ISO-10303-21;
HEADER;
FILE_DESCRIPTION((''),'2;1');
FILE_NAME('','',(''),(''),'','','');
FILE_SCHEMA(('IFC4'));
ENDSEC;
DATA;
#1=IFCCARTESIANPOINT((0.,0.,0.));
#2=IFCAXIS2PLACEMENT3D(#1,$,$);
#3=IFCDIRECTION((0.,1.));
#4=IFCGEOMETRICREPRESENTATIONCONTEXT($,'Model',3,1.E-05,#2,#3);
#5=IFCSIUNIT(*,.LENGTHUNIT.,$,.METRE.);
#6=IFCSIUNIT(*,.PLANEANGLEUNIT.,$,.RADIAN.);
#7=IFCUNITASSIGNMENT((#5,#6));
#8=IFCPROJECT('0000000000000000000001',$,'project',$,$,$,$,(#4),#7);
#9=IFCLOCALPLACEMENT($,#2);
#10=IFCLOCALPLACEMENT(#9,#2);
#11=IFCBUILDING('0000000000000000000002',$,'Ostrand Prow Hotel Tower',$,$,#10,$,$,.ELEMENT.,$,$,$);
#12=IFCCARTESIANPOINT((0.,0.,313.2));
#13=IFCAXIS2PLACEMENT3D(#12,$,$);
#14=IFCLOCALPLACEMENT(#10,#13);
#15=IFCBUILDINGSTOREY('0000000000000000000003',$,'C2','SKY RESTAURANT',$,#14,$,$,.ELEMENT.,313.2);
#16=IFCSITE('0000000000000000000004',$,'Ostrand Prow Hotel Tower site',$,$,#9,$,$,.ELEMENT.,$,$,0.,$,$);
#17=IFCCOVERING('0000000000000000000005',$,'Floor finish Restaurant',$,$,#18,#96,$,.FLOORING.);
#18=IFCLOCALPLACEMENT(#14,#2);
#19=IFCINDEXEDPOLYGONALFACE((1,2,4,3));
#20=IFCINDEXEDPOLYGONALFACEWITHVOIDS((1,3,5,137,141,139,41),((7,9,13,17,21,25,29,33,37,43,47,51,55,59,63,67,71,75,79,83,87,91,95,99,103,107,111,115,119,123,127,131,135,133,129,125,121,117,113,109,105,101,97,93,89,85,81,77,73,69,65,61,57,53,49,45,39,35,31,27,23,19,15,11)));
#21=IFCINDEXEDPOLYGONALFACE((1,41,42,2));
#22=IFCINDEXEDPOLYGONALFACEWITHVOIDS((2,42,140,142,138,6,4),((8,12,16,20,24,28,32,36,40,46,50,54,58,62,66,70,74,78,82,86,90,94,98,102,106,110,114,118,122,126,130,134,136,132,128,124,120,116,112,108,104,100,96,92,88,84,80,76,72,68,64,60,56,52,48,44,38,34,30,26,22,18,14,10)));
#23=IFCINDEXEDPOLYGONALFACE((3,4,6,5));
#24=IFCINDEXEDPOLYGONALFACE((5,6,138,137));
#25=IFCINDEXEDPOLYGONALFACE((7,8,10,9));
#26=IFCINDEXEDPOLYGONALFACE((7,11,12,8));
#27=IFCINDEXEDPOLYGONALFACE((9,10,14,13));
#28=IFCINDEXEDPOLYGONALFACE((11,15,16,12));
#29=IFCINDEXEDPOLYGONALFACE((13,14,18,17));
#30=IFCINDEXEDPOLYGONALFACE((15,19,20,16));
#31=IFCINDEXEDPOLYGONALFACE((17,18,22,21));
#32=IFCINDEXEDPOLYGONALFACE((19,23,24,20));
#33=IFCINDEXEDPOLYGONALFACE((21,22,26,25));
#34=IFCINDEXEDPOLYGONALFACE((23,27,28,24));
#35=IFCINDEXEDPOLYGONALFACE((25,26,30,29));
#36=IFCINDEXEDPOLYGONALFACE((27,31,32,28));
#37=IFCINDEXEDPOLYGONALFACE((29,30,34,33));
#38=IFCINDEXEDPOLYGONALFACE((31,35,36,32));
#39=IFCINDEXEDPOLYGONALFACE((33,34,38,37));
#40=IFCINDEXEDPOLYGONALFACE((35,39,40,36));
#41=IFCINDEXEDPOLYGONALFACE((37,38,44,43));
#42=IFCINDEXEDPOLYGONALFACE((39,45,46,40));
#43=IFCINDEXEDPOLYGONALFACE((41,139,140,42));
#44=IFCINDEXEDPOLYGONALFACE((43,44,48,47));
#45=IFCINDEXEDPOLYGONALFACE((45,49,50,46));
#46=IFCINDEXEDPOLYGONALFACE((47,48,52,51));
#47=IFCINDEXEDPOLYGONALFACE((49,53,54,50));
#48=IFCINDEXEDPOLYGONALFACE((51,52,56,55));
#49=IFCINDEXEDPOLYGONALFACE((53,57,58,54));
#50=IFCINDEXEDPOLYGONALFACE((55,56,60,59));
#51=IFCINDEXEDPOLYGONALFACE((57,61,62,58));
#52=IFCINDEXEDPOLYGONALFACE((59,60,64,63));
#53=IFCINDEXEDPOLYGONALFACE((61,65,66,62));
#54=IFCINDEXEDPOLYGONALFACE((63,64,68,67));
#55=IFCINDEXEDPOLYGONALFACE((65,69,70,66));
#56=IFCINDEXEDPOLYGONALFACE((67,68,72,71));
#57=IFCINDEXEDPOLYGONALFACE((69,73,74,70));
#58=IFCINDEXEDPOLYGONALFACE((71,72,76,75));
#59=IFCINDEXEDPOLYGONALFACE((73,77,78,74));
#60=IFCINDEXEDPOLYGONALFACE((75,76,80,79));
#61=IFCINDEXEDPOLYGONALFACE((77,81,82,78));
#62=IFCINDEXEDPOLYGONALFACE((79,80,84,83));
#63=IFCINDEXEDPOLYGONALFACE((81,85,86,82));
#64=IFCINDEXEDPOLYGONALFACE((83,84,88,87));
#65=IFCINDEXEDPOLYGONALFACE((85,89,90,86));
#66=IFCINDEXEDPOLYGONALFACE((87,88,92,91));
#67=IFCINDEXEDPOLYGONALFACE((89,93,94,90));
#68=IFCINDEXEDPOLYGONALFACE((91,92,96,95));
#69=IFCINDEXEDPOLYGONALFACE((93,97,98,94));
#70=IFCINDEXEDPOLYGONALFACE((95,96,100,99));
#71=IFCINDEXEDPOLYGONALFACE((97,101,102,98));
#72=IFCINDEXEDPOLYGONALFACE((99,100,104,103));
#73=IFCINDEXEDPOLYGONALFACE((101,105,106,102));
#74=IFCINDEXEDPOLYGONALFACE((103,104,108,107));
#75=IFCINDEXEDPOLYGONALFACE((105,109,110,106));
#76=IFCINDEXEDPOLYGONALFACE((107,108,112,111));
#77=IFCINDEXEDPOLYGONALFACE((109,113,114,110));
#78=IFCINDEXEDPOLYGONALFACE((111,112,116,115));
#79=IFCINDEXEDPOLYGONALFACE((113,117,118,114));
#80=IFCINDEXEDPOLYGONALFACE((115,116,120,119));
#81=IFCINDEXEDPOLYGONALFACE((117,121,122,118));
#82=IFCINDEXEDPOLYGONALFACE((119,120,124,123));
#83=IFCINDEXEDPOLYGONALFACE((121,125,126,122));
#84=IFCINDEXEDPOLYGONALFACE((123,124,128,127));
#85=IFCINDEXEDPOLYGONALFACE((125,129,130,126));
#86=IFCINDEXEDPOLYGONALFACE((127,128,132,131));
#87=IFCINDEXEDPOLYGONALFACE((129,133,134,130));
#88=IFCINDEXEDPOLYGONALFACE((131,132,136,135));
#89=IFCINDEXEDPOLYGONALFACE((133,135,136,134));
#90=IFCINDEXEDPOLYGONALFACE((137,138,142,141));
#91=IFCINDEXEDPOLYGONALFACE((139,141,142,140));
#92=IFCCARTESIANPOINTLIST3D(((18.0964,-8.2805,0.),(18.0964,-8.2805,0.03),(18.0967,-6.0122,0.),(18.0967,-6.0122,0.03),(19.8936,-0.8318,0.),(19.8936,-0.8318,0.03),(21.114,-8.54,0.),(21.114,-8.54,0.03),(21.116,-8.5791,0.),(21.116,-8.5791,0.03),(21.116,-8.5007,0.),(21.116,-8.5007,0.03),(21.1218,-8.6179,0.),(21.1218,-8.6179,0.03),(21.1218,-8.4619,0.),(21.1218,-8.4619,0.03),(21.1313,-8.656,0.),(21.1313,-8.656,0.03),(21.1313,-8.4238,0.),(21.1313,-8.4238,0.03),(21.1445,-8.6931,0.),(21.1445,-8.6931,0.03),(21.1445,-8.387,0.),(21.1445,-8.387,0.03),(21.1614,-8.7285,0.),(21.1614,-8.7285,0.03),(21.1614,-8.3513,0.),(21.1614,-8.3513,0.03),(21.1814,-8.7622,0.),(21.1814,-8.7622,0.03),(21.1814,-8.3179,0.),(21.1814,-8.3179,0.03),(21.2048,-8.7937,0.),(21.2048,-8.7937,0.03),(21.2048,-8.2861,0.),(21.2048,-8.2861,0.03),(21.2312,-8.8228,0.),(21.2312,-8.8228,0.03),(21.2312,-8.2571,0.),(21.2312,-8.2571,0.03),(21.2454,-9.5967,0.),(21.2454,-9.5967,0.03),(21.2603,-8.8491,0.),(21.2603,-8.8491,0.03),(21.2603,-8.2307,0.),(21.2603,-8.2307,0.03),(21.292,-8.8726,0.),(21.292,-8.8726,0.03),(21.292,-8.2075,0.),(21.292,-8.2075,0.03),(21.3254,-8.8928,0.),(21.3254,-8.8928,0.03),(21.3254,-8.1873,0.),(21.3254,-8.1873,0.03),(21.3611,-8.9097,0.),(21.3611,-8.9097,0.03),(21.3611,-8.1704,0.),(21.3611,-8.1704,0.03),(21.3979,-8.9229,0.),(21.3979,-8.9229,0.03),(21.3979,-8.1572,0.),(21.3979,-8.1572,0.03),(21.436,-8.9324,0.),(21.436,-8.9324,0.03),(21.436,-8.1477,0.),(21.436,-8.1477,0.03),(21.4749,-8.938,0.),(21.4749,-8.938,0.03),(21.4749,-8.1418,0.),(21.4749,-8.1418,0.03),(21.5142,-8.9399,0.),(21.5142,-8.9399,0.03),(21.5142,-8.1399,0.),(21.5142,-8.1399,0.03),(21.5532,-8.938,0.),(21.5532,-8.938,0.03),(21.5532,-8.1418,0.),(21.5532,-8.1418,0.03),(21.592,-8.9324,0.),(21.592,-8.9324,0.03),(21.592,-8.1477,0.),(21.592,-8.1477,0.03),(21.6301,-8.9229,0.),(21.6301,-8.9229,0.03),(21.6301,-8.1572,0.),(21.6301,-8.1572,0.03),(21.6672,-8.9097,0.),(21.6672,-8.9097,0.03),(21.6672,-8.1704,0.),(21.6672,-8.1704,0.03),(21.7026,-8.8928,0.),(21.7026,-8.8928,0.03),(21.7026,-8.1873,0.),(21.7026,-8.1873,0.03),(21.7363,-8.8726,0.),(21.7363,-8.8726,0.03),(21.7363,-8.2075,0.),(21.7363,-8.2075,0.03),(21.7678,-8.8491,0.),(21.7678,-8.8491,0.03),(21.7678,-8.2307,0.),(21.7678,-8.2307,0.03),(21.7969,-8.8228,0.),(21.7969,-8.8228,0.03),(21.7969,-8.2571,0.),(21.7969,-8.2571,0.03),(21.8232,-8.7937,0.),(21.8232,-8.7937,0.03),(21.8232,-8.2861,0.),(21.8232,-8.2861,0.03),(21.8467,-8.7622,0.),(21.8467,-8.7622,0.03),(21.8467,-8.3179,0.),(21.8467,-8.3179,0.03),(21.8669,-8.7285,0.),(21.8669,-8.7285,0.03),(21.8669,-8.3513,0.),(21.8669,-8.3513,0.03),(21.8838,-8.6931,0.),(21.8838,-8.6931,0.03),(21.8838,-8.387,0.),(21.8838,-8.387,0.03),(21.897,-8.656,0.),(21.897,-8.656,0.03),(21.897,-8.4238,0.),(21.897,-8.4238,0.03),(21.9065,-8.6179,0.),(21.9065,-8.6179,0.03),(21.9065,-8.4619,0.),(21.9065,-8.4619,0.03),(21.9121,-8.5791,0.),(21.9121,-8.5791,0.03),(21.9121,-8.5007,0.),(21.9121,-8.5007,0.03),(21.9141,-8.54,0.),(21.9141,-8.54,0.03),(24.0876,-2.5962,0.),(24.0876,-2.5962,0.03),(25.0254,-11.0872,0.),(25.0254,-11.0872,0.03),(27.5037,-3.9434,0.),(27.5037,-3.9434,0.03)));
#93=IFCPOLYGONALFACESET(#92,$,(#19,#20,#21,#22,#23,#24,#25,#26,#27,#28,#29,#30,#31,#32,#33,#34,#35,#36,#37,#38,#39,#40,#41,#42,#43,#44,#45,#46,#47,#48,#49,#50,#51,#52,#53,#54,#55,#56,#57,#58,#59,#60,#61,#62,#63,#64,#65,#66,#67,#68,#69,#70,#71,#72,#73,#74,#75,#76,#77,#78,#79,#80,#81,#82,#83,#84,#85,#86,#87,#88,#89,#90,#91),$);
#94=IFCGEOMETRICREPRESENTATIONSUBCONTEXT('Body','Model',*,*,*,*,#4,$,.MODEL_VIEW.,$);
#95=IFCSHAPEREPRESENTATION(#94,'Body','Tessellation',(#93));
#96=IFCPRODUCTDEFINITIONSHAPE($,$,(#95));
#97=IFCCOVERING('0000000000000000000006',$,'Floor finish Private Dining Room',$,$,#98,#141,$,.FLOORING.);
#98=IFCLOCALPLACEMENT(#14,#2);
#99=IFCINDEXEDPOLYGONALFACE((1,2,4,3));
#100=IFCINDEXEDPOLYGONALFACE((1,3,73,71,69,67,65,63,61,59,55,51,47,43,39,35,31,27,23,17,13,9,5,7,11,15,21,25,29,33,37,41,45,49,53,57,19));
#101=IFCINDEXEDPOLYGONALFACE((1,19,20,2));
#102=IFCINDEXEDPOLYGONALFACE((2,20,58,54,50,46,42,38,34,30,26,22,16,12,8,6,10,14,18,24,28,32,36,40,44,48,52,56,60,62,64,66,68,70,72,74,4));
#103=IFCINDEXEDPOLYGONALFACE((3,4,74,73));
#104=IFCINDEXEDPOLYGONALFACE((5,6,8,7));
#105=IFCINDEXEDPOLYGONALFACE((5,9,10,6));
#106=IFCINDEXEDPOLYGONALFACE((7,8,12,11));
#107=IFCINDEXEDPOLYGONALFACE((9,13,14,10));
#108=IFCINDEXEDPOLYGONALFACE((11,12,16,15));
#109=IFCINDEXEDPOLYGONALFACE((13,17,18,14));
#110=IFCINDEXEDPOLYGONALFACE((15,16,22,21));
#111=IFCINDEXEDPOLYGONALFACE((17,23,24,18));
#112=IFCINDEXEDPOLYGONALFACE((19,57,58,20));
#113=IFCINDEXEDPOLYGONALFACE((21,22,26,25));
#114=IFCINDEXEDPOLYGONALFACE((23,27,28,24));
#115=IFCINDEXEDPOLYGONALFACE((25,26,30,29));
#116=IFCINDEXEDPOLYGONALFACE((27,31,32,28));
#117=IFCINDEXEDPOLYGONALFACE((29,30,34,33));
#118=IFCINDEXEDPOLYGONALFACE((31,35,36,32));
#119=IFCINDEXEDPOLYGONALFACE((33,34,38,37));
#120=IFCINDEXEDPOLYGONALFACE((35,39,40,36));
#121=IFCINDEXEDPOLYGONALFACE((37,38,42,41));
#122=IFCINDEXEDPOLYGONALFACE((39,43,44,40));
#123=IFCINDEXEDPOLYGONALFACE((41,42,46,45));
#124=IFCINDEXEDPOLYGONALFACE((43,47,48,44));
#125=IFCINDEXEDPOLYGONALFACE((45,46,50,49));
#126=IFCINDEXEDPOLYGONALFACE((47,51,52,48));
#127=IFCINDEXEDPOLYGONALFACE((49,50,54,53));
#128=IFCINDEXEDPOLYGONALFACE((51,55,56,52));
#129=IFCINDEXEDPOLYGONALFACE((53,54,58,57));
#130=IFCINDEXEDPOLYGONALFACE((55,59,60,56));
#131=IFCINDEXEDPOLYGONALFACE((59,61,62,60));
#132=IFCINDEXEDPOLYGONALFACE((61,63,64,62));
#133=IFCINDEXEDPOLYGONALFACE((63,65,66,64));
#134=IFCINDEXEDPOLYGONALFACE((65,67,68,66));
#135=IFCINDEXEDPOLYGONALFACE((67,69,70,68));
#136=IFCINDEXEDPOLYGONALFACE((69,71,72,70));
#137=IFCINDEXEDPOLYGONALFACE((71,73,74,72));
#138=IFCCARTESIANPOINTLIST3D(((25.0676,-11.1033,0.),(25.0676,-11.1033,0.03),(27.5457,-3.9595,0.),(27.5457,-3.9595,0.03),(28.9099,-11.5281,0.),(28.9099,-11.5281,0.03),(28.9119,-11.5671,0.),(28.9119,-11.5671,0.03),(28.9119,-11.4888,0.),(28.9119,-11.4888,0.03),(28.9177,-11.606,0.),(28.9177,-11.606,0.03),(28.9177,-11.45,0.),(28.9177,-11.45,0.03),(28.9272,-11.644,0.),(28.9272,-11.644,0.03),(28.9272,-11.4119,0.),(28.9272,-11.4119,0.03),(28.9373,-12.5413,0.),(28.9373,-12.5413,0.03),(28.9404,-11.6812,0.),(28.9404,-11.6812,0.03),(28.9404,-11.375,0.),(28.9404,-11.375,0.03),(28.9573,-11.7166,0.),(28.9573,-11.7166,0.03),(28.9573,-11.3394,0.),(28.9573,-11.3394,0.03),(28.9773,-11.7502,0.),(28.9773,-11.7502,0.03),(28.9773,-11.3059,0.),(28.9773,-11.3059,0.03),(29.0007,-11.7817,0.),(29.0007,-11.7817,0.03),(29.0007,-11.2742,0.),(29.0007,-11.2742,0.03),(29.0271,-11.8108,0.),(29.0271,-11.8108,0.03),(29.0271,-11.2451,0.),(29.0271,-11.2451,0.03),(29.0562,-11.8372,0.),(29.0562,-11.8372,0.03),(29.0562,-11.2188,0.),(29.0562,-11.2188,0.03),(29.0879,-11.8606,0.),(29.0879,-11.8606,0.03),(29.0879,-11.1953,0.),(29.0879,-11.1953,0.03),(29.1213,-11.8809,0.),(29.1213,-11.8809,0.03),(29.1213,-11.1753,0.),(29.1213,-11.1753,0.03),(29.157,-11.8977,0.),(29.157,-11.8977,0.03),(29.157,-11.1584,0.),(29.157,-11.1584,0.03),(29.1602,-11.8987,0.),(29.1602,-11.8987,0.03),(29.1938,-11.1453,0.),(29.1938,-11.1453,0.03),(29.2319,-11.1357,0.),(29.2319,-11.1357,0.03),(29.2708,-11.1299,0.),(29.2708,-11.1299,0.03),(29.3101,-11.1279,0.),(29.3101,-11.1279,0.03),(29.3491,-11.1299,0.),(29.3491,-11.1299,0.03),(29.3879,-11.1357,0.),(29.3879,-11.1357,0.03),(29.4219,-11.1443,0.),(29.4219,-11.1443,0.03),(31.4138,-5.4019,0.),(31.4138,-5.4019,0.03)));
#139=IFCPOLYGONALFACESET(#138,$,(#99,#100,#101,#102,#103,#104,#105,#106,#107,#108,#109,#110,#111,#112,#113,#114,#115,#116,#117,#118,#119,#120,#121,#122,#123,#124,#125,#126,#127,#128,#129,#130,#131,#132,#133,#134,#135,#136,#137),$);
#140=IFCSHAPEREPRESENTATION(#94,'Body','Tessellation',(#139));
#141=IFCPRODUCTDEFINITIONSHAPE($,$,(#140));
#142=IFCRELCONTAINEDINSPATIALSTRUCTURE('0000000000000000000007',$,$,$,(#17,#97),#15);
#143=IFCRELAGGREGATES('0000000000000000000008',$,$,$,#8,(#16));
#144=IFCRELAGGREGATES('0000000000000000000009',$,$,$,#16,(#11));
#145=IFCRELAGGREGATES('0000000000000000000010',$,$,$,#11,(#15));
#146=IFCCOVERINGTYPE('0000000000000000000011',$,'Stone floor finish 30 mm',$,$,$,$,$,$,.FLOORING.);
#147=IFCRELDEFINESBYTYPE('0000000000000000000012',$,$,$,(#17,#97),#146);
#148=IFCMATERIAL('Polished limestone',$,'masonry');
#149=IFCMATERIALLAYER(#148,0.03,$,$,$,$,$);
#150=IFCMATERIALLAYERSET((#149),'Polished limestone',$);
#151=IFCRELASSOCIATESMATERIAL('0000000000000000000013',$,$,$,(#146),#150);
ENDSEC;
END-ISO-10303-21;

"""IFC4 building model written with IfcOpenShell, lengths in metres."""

from ifc_helpers import new_model, si_unit, direction, frame, origin, place, context, subcontext, project, spatial, polyline, outline, extrude, material, layer, layer_set, type_object, element, save


model = new_model("IFC4")

# Units and contexts
model_context = context("Model", 3, precision=1e-05, world=origin(), true_north=direction((0.0, 1.0)))
body_context = subcontext(model_context, "Body", "Model", "MODEL_VIEW")
ifc_project = project(units=[si_unit("LENGTHUNIT", "METRE"), si_unit("PLANEANGLEUNIT", "RADIAN")], contexts=[model_context])

# Site, building, storey
site_placement = place(None, origin())
site = spatial("IfcSite", under=ifc_project, at=site_placement, Name="Ostrand Prow Hotel Tower site", CompositionType="ELEMENT", RefElevation=0.0)
building_placement = place(site_placement, origin())
building = spatial("IfcBuilding", under=site, at=building_placement, Name="Ostrand Prow Hotel Tower", CompositionType="ELEMENT")
storey_placement = place(building_placement, frame((0.0, 0.0, 313.2)))
storey = spatial("IfcBuildingStorey", under=building, at=storey_placement, Name="C2", Description="SKY RESTAURANT", CompositionType="ELEMENT", Elevation=313.2)

# Coverings
ifc_material_1 = material(Name="Polished limestone", Category="masonry")
ifc_layer_1 = layer(ifc_material_1, 0.03)
ifc_layer_set_1 = layer_set([ifc_layer_1], Name="Polished limestone")
covering_type_1 = type_object("IfcCoveringType", Name="Stone floor finish 30 mm", PredefinedType="FLOORING", material=ifc_layer_set_1)
covering_1_placement = place(storey_placement, origin())
element("IfcCovering", 1, at=covering_1_placement, inside=storey, type_object=covering_type_1, Name="Floor finish Restaurant", PredefinedType="FLOORING", context=body_context, shape_type="SweptSolid", body=[
    extrude(outline(polyline([(21.2454, -9.5967), (25.0254, -11.0872), (27.5037, -3.9434), (24.0876, -2.5962), (19.8936, -0.8318), (18.0967, -6.0122), (18.0964, -8.2805), (21.2454, -9.5967)]), holes=[polyline([(21.8669, -8.7285), (21.8467, -8.7622), (21.8232, -8.7937), (21.7969, -8.8228), (21.7678, -8.8491), (21.7363, -8.8726), (21.7026, -8.8928), (21.6672, -8.9097), (21.6301, -8.9229), (21.592, -8.9324), (21.5532, -8.938), (21.5142, -8.9399), (21.4749, -8.938), (21.436, -8.9324), (21.3979, -8.9229), (21.3611, -8.9097), (21.3254, -8.8928), (21.292, -8.8726), (21.2603, -8.8491), (21.2312, -8.8228), (21.2048, -8.7937), (21.1814, -8.7622), (21.1614, -8.7285), (21.1445, -8.6931), (21.1313, -8.656), (21.1218, -8.6179), (21.116, -8.5791), (21.114, -8.54), (21.116, -8.5007), (21.1218, -8.4619), (21.1313, -8.4238), (21.1445, -8.387), (21.1614, -8.3513), (21.1814, -8.3179), (21.2048, -8.2861), (21.2312, -8.2571), (21.2603, -8.2307), (21.292, -8.2075), (21.3254, -8.1873), (21.3611, -8.1704), (21.3979, -8.1572), (21.436, -8.1477), (21.4749, -8.1418), (21.5142, -8.1399), (21.5532, -8.1418), (21.592, -8.1477), (21.6301, -8.1572), (21.6672, -8.1704), (21.7026, -8.1873), (21.7363, -8.2075), (21.7678, -8.2307), (21.7969, -8.2571), (21.8232, -8.2861), (21.8467, -8.3179), (21.8669, -8.3513), (21.8838, -8.387), (21.897, -8.4238), (21.9065, -8.4619), (21.9121, -8.5007), (21.9141, -8.54), (21.9121, -8.5791), (21.9065, -8.6179), (21.897, -8.656), (21.8838, -8.6931), (21.8669, -8.7285)])]), origin(), (0.0, 0.0, 1.0), 0.03),
])
covering_2_placement = place(storey_placement, origin())
element("IfcCovering", 2, at=covering_2_placement, inside=storey, type_object=covering_type_1, Name="Floor finish Private Dining Room", PredefinedType="FLOORING", context=body_context, shape_type="SweptSolid", body=[
    extrude(outline(polyline([(25.0676, -11.1033), (28.9373, -12.5413), (29.1602, -11.8987), (29.157, -11.8977), (29.1213, -11.8809), (29.0879, -11.8606), (29.0562, -11.8372), (29.0271, -11.8108), (29.0007, -11.7817), (28.9773, -11.7502), (28.9573, -11.7166), (28.9404, -11.6812), (28.9272, -11.644), (28.9177, -11.606), (28.9119, -11.5671), (28.9099, -11.5281), (28.9119, -11.4888), (28.9177, -11.45), (28.9272, -11.4119), (28.9404, -11.375), (28.9573, -11.3394), (28.9773, -11.3059), (29.0007, -11.2742), (29.0271, -11.2451), (29.0562, -11.2188), (29.0879, -11.1953), (29.1213, -11.1753), (29.157, -11.1584), (29.1938, -11.1453), (29.2319, -11.1357), (29.2708, -11.1299), (29.3101, -11.1279), (29.3491, -11.1299), (29.3879, -11.1357), (29.4219, -11.1443), (31.4138, -5.4019), (27.5457, -3.9595), (25.0676, -11.1033)])), origin(), (0.0, 0.0, 1.0), 0.03),
])

save(model, "model.ifc")
